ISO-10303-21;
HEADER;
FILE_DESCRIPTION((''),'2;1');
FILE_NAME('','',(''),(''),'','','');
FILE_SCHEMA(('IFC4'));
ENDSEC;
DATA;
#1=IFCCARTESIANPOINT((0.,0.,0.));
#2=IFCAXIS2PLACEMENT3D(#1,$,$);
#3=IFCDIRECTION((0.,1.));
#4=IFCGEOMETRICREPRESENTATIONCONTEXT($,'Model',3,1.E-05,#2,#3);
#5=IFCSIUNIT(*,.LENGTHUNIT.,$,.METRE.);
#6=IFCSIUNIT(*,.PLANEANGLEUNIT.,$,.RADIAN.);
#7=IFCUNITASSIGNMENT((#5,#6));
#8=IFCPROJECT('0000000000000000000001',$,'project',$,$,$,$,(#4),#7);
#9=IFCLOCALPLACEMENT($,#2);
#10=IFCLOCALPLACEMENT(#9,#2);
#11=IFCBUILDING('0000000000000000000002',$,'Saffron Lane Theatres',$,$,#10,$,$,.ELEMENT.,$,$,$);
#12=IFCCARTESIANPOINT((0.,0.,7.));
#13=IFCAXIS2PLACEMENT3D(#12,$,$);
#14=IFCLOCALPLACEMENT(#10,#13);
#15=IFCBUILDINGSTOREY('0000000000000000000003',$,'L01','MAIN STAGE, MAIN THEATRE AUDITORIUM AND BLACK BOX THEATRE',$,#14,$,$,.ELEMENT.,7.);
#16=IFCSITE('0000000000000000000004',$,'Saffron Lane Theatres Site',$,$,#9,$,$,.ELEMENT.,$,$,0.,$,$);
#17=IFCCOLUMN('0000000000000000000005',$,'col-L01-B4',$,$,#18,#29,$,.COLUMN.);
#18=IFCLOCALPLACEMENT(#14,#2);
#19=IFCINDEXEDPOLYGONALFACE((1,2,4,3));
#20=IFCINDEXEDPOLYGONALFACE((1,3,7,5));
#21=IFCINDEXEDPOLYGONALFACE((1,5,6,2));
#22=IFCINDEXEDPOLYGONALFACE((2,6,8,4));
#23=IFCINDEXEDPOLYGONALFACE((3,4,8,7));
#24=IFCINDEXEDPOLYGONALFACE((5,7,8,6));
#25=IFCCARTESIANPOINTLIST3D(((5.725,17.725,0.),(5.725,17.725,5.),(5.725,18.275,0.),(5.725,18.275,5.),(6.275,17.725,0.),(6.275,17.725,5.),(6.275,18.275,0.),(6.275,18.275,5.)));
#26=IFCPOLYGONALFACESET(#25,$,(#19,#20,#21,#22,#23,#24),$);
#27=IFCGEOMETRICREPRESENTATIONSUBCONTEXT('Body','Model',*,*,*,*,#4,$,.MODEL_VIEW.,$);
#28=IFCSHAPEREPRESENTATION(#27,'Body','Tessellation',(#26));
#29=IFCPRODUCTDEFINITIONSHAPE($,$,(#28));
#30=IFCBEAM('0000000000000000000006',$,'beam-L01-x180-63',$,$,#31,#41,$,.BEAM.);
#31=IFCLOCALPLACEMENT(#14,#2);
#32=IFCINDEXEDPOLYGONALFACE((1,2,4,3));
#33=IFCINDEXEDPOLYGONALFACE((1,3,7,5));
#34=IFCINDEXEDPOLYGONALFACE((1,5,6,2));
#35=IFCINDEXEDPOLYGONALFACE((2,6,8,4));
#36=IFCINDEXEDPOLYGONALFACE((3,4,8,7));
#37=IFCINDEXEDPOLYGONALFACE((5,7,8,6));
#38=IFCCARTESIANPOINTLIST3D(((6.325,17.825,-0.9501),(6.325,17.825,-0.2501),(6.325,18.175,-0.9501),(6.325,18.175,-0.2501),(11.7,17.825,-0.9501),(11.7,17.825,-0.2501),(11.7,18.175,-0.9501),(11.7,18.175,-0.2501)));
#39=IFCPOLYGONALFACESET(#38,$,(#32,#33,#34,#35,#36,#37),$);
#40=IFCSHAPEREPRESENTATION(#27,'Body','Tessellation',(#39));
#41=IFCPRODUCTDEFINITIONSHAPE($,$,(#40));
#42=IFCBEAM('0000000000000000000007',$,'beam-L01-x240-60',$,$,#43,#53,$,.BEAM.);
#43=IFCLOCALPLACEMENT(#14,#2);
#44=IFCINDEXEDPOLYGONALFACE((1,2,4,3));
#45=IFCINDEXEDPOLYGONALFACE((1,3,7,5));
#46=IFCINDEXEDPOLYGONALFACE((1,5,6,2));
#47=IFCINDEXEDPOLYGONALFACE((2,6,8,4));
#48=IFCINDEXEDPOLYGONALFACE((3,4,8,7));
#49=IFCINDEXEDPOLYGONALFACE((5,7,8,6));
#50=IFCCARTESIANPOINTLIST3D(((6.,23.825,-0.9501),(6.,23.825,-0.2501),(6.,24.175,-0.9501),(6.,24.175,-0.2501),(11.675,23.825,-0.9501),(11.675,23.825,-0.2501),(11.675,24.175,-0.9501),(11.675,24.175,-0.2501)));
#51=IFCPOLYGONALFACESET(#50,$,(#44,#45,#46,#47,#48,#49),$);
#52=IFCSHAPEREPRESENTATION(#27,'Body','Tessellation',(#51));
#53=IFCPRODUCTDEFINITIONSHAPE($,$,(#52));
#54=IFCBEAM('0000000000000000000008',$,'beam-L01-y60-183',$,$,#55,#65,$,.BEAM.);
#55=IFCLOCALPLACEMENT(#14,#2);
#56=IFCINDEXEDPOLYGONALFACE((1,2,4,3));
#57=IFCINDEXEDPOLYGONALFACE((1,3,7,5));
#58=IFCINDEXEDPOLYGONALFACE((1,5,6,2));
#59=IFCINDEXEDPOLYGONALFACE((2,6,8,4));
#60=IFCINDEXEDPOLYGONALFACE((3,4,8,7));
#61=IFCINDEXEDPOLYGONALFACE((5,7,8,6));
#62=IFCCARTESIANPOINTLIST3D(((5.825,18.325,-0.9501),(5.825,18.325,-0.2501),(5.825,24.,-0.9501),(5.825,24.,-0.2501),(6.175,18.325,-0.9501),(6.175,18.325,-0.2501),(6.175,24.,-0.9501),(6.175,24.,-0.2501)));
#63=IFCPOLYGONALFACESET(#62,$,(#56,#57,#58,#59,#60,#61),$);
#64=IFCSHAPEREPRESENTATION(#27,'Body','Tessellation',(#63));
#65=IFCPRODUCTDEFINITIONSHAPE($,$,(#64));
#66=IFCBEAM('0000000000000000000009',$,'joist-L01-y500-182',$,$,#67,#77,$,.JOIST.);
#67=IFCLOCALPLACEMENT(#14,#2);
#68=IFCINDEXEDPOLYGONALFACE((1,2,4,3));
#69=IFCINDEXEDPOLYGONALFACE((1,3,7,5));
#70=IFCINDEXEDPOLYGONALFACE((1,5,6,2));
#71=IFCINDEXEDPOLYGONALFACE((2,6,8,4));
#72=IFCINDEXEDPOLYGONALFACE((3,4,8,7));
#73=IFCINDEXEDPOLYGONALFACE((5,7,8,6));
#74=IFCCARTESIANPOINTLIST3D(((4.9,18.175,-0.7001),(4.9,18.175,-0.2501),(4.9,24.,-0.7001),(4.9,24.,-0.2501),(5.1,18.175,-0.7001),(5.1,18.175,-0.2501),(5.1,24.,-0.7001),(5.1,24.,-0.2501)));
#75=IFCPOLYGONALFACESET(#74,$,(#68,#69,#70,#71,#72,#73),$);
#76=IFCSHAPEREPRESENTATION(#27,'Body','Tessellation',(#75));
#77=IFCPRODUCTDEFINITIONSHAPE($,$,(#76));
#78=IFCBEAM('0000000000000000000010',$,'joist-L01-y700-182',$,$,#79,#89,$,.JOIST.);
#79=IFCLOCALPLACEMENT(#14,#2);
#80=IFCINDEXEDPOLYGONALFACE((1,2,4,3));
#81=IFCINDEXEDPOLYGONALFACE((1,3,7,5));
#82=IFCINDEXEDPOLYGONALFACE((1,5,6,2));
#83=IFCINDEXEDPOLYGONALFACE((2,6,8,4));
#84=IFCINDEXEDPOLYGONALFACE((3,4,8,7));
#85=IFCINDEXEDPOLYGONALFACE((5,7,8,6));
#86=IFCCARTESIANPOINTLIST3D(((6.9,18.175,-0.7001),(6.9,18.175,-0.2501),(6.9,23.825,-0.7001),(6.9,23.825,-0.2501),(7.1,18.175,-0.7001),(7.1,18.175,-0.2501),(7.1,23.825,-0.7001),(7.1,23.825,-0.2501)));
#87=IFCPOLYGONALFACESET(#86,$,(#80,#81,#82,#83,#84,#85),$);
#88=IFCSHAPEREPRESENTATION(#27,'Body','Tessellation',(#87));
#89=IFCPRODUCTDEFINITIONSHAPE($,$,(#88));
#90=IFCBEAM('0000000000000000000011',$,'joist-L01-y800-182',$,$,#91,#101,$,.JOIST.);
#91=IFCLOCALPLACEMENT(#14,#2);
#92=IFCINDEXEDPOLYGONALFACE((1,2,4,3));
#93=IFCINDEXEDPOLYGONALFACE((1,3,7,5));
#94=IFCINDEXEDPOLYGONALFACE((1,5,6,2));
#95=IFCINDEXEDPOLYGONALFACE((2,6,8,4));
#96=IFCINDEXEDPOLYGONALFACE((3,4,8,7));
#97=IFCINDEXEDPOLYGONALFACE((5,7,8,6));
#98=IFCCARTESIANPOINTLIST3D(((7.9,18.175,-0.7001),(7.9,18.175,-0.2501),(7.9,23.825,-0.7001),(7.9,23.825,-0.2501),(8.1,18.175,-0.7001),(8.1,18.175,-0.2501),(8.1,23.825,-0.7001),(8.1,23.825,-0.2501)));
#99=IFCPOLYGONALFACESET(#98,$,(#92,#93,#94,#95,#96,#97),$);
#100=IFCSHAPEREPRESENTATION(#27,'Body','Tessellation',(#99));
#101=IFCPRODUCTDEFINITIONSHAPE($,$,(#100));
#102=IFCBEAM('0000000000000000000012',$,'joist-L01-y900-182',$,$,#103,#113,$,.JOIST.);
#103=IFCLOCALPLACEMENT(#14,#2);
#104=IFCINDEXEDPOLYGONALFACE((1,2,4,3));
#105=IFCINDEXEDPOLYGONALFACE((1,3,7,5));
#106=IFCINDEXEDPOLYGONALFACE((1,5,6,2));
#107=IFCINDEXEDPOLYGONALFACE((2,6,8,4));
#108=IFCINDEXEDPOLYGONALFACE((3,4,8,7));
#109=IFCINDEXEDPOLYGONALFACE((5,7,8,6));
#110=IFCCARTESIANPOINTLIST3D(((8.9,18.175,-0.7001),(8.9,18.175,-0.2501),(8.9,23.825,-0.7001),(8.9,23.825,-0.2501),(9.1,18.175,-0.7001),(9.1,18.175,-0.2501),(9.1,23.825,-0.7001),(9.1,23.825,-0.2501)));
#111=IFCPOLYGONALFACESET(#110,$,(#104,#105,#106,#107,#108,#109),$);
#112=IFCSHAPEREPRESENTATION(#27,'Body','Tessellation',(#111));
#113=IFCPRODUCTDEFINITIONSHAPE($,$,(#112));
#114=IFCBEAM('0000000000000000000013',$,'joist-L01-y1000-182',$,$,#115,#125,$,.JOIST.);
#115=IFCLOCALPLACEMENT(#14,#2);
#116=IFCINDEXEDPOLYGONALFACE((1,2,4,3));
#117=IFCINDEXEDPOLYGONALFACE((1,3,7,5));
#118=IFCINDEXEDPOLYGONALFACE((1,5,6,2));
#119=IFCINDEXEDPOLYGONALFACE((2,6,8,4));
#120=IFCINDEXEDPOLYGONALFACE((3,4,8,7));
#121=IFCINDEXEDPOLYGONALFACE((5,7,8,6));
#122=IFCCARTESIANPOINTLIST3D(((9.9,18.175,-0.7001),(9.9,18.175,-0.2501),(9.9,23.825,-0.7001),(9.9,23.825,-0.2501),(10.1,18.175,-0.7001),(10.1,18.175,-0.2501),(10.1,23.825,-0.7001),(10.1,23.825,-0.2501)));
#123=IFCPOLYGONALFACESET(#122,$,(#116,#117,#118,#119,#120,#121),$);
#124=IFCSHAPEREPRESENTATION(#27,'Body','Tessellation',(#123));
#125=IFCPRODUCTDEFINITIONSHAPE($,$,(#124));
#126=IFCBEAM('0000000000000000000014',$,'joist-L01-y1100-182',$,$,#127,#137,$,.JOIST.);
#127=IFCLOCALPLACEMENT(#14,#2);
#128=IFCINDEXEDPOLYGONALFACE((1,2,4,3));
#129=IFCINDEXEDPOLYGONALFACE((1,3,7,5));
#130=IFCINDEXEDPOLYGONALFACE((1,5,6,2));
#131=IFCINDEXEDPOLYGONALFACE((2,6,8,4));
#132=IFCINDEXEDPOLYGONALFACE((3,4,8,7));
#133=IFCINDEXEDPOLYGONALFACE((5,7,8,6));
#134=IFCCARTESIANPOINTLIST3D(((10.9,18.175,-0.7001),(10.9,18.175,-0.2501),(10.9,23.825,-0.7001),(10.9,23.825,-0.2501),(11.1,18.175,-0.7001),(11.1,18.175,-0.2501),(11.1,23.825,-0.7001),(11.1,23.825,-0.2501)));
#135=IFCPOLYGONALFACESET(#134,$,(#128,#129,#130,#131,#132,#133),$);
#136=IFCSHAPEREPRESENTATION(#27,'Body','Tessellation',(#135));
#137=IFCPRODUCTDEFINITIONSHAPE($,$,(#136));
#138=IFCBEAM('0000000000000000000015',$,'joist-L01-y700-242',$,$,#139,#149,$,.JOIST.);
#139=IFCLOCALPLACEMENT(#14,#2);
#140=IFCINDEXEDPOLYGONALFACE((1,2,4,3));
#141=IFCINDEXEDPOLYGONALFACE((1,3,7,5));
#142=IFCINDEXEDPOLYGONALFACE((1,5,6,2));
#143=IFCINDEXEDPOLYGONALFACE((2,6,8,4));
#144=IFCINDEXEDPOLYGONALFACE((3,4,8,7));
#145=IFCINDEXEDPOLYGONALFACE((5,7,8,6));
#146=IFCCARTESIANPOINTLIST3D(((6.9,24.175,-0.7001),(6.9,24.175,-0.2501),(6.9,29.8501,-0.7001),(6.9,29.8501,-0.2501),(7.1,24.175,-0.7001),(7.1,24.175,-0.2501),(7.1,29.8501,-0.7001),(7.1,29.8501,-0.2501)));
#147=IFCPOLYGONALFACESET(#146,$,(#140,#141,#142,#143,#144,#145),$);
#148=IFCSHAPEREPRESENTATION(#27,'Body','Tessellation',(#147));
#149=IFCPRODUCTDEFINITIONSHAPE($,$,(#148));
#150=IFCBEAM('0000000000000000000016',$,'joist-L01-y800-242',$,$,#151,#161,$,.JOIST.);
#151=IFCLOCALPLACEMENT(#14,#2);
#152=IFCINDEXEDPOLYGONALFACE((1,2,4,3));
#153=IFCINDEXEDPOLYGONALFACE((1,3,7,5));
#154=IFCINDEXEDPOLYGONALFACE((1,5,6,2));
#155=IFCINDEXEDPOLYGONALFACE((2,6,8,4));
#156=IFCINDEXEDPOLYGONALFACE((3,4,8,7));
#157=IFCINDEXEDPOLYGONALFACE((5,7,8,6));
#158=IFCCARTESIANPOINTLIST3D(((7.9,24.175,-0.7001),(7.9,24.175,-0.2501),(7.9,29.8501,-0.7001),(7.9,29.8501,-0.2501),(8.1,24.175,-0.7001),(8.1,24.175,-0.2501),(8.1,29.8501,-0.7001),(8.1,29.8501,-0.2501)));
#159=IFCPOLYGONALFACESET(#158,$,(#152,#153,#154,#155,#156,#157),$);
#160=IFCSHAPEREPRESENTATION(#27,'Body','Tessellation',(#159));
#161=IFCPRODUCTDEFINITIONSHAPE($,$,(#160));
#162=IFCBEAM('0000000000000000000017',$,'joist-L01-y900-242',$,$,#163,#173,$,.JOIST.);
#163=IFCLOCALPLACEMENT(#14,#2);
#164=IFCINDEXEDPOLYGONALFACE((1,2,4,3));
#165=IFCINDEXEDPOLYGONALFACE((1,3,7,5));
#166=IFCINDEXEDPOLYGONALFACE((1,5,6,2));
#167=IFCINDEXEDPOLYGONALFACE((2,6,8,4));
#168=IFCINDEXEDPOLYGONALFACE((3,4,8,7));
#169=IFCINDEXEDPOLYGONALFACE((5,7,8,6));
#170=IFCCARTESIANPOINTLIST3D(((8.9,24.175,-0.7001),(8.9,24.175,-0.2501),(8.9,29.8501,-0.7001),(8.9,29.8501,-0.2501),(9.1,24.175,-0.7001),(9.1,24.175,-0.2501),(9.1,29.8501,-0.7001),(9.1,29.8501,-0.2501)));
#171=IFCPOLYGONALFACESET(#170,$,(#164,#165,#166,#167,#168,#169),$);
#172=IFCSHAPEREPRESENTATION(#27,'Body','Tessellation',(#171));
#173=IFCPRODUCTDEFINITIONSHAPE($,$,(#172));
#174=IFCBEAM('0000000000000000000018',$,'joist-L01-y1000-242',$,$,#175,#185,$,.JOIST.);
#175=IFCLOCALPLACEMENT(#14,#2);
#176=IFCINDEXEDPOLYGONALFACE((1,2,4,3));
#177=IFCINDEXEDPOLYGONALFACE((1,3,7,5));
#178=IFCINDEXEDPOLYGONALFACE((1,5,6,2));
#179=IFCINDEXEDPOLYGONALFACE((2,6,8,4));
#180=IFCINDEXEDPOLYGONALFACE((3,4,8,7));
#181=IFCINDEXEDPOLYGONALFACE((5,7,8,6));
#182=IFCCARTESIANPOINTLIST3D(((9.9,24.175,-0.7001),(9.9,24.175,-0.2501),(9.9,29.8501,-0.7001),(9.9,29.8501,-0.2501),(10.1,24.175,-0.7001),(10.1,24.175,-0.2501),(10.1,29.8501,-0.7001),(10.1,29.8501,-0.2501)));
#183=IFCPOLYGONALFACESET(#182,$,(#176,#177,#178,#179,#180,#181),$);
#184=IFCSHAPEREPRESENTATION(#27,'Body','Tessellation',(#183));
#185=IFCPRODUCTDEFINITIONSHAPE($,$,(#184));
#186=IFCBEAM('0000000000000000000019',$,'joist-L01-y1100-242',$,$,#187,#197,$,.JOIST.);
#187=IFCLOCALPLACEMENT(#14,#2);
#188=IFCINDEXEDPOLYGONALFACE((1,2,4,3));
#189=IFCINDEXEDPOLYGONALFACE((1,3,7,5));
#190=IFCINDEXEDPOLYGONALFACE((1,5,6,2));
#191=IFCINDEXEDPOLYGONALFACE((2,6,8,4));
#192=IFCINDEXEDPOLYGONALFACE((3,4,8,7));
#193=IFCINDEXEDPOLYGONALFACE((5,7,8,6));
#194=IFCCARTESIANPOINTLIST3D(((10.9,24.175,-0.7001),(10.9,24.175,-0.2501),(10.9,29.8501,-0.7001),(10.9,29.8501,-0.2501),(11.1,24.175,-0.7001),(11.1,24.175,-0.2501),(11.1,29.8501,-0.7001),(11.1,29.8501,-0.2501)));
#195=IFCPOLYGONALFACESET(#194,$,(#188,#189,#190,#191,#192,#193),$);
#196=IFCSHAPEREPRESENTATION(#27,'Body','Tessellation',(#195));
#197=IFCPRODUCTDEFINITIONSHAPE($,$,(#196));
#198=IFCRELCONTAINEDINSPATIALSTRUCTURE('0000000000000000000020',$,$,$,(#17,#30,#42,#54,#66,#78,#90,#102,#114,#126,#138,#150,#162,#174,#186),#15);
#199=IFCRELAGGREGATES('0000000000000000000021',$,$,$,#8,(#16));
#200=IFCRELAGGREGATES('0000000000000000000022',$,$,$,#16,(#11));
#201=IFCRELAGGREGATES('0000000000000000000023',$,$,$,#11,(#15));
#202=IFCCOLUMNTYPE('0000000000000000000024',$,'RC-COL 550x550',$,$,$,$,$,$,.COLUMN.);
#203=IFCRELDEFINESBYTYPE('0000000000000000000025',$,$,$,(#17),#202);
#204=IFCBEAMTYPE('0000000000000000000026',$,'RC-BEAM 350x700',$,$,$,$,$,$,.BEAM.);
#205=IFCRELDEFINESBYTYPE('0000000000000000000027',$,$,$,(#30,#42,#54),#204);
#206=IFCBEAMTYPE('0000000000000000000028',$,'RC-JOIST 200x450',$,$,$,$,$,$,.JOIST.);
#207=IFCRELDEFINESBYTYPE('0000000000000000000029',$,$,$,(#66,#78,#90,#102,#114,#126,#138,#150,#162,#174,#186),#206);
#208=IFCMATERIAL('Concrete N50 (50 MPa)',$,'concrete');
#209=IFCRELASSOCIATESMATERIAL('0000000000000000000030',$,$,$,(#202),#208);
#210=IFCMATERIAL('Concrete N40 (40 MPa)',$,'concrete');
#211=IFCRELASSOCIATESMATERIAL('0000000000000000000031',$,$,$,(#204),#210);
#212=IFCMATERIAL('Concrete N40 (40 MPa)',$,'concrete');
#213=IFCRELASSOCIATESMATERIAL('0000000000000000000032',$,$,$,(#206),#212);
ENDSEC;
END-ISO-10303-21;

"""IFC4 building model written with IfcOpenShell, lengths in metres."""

from ifc_helpers import new_model, si_unit, direction, frame, origin, origin_2d, place, context, subcontext, project, spatial, rectangle, extrude, material, material_profile, profile_set, type_object, element, save


model = new_model("IFC4")

# Units and contexts
model_context = context("Model", 3, precision=1e-05, world=origin(), true_north=direction((0.0, 1.0)))
body_context = subcontext(model_context, "Body", "Model", "MODEL_VIEW")
ifc_project = project(units=[si_unit("LENGTHUNIT", "METRE"), si_unit("PLANEANGLEUNIT", "RADIAN")], contexts=[model_context])

# Site, building, storey
site_placement = place(None, origin())
site = spatial("IfcSite", under=ifc_project, at=site_placement, Name="Saffron Lane Theatres Site", CompositionType="ELEMENT", RefElevation=0.0)
building_placement = place(site_placement, origin())
building = spatial("IfcBuilding", under=site, at=building_placement, Name="Saffron Lane Theatres", CompositionType="ELEMENT")
storey_placement = place(building_placement, frame((0.0, 0.0, 7.0)))
storey = spatial("IfcBuildingStorey", under=building, at=storey_placement, Name="L01", Description="MAIN STAGE, MAIN THEATRE AUDITORIUM AND BLACK BOX THEATRE", CompositionType="ELEMENT", Elevation=7.0)

# Column
ifc_material_1 = material(Name="Concrete N50 (50 MPa)", Category="concrete")
ifc_material_profile_1 = material_profile(ifc_material_1, rectangle(XDim=0.55, YDim=0.55, at=origin_2d()))
ifc_profile_set_1 = profile_set([ifc_material_profile_1], Name="Concrete N50 (50 MPa)")
column_type = type_object("IfcColumnType", Name="RC-COL 550x550", PredefinedType="COLUMN", material=ifc_profile_set_1)
column_placement = place(storey_placement, frame((6.0, 18.0, 0.0), z_axis=(0.0, 0.0, 1.0), x_axis=(1.0, 0.0, 0.0)))
element("IfcColumn", 1, at=column_placement, inside=storey, type_object=column_type, Name="col-L01-B4", PredefinedType="COLUMN", context=body_context, shape_type="SweptSolid", body=[
    extrude(rectangle(XDim=0.55, YDim=0.55, at=origin_2d()), origin(), (0.0, 0.0, 1.0), 5.0),
])

# Beams
ifc_material_2 = material(Name="Concrete N40 (40 MPa)", Category="concrete")
ifc_material_profile_2 = material_profile(ifc_material_2, rectangle(XDim=0.3501, YDim=0.7, at=origin_2d()))
ifc_profile_set_2 = profile_set([ifc_material_profile_2], Name="Concrete N40 (40 MPa)")
beam_type_1 = type_object("IfcBeamType", Name="RC-BEAM 350x700", PredefinedType="BEAM", material=ifc_profile_set_2)
beam_1_placement = place(storey_placement, frame((6.325, 18.0, -0.6001), z_axis=(1.0, 0.0, 0.0), x_axis=(0.0, 1.0, 0.0)))
element("IfcBeam", 2, at=beam_1_placement, inside=storey, type_object=beam_type_1, Name="beam-L01-x180-63", PredefinedType="BEAM", context=body_context, shape_type="SweptSolid", body=[
    extrude(rectangle(XDim=0.3501, YDim=0.7, at=origin_2d()), origin(), (0.0, 0.0, 1.0), 5.375),
])
for number, where, z_axis, x_axis, name in (
    (3, (6.0, 24.0, -0.6001), (1.0, 0.0, 0.0), (0.0, 1.0, 0.0), "beam-L01-x240-60"),
    (4, (6.0, 18.325, -0.6001), (0.0, 1.0, 0.0), (-1.0, 0.0, 0.0), "beam-L01-y60-183"),
):
    element("IfcBeam", number, at=place(storey_placement, frame(where, z_axis=z_axis, x_axis=x_axis)), inside=storey, type_object=beam_type_1, Name=name, PredefinedType="BEAM", context=body_context, shape_type="SweptSolid", body=[
        extrude(rectangle(XDim=0.3501, YDim=0.7, at=origin_2d()), origin(), (0.0, 0.0, 1.0), 5.675),
    ])
ifc_material_3 = material(Name="Concrete N40 (40 MPa)", Category="concrete")
ifc_material_profile_3 = material_profile(ifc_material_3, rectangle(XDim=0.2, YDim=0.45, at=origin_2d()))
ifc_profile_set_3 = profile_set([ifc_material_profile_3], Name="Concrete N40 (40 MPa)")
beam_type_2 = type_object("IfcBeamType", Name="RC-JOIST 200x450", PredefinedType="JOIST", material=ifc_profile_set_3)
beam_2_placement = place(storey_placement, frame((5.0, 18.175, -0.4751), z_axis=(0.0, 1.0, 0.0), x_axis=(-1.0, 0.0, 0.0)))
element("IfcBeam", 5, at=beam_2_placement, inside=storey, type_object=beam_type_2, Name="joist-L01-y500-182", PredefinedType="JOIST", context=body_context, shape_type="SweptSolid", body=[
    extrude(rectangle(XDim=0.2, YDim=0.45, at=origin_2d()), origin(), (0.0, 0.0, 1.0), 5.825),
])
for number, where, z_axis, x_axis, name in (
    (6, (7.0, 18.175, -0.4751), (0.0, 1.0, 0.0), (-1.0, 0.0, 0.0), "joist-L01-y700-182"),
    (7, (8.0, 18.175, -0.4751), (0.0, 1.0, 0.0), (-1.0, 0.0, 0.0), "joist-L01-y800-182"),
    (8, (9.0, 18.175, -0.4751), (0.0, 1.0, 0.0), (-1.0, 0.0, 0.0), "joist-L01-y900-182"),
    (9, (10.0, 18.175, -0.4751), (0.0, 1.0, 0.0), (-1.0, 0.0, 0.0), "joist-L01-y1000-182"),
    (10, (11.0, 18.175, -0.4751), (0.0, 1.0, 0.0), (-1.0, 0.0, 0.0), "joist-L01-y1100-182"),
):
    element("IfcBeam", number, at=place(storey_placement, frame(where, z_axis=z_axis, x_axis=x_axis)), inside=storey, type_object=beam_type_2, Name=name, PredefinedType="JOIST", context=body_context, shape_type="SweptSolid", body=[
        extrude(rectangle(XDim=0.2, YDim=0.45, at=origin_2d()), origin(), (0.0, 0.0, 1.0), 5.6499),
    ])
for number, where, z_axis, x_axis, name in (
    (11, (7.0, 24.175, -0.4751), (0.0, 1.0, 0.0), (-1.0, 0.0, 0.0), "joist-L01-y700-242"),
    (12, (8.0, 24.175, -0.4751), (0.0, 1.0, 0.0), (-1.0, 0.0, 0.0), "joist-L01-y800-242"),
    (13, (9.0, 24.175, -0.4751), (0.0, 1.0, 0.0), (-1.0, 0.0, 0.0), "joist-L01-y900-242"),
    (14, (10.0, 24.175, -0.4751), (0.0, 1.0, 0.0), (-1.0, 0.0, 0.0), "joist-L01-y1000-242"),
    (15, (11.0, 24.175, -0.4751), (0.0, 1.0, 0.0), (-1.0, 0.0, 0.0), "joist-L01-y1100-242"),
):
    element("IfcBeam", number, at=place(storey_placement, frame(where, z_axis=z_axis, x_axis=x_axis)), inside=storey, type_object=beam_type_2, Name=name, PredefinedType="JOIST", context=body_context, shape_type="SweptSolid", body=[
        extrude(rectangle(XDim=0.2, YDim=0.45, at=origin_2d()), origin(), (0.0, 0.0, 1.0), 5.675),
    ])

save(model, "model.ifc")
